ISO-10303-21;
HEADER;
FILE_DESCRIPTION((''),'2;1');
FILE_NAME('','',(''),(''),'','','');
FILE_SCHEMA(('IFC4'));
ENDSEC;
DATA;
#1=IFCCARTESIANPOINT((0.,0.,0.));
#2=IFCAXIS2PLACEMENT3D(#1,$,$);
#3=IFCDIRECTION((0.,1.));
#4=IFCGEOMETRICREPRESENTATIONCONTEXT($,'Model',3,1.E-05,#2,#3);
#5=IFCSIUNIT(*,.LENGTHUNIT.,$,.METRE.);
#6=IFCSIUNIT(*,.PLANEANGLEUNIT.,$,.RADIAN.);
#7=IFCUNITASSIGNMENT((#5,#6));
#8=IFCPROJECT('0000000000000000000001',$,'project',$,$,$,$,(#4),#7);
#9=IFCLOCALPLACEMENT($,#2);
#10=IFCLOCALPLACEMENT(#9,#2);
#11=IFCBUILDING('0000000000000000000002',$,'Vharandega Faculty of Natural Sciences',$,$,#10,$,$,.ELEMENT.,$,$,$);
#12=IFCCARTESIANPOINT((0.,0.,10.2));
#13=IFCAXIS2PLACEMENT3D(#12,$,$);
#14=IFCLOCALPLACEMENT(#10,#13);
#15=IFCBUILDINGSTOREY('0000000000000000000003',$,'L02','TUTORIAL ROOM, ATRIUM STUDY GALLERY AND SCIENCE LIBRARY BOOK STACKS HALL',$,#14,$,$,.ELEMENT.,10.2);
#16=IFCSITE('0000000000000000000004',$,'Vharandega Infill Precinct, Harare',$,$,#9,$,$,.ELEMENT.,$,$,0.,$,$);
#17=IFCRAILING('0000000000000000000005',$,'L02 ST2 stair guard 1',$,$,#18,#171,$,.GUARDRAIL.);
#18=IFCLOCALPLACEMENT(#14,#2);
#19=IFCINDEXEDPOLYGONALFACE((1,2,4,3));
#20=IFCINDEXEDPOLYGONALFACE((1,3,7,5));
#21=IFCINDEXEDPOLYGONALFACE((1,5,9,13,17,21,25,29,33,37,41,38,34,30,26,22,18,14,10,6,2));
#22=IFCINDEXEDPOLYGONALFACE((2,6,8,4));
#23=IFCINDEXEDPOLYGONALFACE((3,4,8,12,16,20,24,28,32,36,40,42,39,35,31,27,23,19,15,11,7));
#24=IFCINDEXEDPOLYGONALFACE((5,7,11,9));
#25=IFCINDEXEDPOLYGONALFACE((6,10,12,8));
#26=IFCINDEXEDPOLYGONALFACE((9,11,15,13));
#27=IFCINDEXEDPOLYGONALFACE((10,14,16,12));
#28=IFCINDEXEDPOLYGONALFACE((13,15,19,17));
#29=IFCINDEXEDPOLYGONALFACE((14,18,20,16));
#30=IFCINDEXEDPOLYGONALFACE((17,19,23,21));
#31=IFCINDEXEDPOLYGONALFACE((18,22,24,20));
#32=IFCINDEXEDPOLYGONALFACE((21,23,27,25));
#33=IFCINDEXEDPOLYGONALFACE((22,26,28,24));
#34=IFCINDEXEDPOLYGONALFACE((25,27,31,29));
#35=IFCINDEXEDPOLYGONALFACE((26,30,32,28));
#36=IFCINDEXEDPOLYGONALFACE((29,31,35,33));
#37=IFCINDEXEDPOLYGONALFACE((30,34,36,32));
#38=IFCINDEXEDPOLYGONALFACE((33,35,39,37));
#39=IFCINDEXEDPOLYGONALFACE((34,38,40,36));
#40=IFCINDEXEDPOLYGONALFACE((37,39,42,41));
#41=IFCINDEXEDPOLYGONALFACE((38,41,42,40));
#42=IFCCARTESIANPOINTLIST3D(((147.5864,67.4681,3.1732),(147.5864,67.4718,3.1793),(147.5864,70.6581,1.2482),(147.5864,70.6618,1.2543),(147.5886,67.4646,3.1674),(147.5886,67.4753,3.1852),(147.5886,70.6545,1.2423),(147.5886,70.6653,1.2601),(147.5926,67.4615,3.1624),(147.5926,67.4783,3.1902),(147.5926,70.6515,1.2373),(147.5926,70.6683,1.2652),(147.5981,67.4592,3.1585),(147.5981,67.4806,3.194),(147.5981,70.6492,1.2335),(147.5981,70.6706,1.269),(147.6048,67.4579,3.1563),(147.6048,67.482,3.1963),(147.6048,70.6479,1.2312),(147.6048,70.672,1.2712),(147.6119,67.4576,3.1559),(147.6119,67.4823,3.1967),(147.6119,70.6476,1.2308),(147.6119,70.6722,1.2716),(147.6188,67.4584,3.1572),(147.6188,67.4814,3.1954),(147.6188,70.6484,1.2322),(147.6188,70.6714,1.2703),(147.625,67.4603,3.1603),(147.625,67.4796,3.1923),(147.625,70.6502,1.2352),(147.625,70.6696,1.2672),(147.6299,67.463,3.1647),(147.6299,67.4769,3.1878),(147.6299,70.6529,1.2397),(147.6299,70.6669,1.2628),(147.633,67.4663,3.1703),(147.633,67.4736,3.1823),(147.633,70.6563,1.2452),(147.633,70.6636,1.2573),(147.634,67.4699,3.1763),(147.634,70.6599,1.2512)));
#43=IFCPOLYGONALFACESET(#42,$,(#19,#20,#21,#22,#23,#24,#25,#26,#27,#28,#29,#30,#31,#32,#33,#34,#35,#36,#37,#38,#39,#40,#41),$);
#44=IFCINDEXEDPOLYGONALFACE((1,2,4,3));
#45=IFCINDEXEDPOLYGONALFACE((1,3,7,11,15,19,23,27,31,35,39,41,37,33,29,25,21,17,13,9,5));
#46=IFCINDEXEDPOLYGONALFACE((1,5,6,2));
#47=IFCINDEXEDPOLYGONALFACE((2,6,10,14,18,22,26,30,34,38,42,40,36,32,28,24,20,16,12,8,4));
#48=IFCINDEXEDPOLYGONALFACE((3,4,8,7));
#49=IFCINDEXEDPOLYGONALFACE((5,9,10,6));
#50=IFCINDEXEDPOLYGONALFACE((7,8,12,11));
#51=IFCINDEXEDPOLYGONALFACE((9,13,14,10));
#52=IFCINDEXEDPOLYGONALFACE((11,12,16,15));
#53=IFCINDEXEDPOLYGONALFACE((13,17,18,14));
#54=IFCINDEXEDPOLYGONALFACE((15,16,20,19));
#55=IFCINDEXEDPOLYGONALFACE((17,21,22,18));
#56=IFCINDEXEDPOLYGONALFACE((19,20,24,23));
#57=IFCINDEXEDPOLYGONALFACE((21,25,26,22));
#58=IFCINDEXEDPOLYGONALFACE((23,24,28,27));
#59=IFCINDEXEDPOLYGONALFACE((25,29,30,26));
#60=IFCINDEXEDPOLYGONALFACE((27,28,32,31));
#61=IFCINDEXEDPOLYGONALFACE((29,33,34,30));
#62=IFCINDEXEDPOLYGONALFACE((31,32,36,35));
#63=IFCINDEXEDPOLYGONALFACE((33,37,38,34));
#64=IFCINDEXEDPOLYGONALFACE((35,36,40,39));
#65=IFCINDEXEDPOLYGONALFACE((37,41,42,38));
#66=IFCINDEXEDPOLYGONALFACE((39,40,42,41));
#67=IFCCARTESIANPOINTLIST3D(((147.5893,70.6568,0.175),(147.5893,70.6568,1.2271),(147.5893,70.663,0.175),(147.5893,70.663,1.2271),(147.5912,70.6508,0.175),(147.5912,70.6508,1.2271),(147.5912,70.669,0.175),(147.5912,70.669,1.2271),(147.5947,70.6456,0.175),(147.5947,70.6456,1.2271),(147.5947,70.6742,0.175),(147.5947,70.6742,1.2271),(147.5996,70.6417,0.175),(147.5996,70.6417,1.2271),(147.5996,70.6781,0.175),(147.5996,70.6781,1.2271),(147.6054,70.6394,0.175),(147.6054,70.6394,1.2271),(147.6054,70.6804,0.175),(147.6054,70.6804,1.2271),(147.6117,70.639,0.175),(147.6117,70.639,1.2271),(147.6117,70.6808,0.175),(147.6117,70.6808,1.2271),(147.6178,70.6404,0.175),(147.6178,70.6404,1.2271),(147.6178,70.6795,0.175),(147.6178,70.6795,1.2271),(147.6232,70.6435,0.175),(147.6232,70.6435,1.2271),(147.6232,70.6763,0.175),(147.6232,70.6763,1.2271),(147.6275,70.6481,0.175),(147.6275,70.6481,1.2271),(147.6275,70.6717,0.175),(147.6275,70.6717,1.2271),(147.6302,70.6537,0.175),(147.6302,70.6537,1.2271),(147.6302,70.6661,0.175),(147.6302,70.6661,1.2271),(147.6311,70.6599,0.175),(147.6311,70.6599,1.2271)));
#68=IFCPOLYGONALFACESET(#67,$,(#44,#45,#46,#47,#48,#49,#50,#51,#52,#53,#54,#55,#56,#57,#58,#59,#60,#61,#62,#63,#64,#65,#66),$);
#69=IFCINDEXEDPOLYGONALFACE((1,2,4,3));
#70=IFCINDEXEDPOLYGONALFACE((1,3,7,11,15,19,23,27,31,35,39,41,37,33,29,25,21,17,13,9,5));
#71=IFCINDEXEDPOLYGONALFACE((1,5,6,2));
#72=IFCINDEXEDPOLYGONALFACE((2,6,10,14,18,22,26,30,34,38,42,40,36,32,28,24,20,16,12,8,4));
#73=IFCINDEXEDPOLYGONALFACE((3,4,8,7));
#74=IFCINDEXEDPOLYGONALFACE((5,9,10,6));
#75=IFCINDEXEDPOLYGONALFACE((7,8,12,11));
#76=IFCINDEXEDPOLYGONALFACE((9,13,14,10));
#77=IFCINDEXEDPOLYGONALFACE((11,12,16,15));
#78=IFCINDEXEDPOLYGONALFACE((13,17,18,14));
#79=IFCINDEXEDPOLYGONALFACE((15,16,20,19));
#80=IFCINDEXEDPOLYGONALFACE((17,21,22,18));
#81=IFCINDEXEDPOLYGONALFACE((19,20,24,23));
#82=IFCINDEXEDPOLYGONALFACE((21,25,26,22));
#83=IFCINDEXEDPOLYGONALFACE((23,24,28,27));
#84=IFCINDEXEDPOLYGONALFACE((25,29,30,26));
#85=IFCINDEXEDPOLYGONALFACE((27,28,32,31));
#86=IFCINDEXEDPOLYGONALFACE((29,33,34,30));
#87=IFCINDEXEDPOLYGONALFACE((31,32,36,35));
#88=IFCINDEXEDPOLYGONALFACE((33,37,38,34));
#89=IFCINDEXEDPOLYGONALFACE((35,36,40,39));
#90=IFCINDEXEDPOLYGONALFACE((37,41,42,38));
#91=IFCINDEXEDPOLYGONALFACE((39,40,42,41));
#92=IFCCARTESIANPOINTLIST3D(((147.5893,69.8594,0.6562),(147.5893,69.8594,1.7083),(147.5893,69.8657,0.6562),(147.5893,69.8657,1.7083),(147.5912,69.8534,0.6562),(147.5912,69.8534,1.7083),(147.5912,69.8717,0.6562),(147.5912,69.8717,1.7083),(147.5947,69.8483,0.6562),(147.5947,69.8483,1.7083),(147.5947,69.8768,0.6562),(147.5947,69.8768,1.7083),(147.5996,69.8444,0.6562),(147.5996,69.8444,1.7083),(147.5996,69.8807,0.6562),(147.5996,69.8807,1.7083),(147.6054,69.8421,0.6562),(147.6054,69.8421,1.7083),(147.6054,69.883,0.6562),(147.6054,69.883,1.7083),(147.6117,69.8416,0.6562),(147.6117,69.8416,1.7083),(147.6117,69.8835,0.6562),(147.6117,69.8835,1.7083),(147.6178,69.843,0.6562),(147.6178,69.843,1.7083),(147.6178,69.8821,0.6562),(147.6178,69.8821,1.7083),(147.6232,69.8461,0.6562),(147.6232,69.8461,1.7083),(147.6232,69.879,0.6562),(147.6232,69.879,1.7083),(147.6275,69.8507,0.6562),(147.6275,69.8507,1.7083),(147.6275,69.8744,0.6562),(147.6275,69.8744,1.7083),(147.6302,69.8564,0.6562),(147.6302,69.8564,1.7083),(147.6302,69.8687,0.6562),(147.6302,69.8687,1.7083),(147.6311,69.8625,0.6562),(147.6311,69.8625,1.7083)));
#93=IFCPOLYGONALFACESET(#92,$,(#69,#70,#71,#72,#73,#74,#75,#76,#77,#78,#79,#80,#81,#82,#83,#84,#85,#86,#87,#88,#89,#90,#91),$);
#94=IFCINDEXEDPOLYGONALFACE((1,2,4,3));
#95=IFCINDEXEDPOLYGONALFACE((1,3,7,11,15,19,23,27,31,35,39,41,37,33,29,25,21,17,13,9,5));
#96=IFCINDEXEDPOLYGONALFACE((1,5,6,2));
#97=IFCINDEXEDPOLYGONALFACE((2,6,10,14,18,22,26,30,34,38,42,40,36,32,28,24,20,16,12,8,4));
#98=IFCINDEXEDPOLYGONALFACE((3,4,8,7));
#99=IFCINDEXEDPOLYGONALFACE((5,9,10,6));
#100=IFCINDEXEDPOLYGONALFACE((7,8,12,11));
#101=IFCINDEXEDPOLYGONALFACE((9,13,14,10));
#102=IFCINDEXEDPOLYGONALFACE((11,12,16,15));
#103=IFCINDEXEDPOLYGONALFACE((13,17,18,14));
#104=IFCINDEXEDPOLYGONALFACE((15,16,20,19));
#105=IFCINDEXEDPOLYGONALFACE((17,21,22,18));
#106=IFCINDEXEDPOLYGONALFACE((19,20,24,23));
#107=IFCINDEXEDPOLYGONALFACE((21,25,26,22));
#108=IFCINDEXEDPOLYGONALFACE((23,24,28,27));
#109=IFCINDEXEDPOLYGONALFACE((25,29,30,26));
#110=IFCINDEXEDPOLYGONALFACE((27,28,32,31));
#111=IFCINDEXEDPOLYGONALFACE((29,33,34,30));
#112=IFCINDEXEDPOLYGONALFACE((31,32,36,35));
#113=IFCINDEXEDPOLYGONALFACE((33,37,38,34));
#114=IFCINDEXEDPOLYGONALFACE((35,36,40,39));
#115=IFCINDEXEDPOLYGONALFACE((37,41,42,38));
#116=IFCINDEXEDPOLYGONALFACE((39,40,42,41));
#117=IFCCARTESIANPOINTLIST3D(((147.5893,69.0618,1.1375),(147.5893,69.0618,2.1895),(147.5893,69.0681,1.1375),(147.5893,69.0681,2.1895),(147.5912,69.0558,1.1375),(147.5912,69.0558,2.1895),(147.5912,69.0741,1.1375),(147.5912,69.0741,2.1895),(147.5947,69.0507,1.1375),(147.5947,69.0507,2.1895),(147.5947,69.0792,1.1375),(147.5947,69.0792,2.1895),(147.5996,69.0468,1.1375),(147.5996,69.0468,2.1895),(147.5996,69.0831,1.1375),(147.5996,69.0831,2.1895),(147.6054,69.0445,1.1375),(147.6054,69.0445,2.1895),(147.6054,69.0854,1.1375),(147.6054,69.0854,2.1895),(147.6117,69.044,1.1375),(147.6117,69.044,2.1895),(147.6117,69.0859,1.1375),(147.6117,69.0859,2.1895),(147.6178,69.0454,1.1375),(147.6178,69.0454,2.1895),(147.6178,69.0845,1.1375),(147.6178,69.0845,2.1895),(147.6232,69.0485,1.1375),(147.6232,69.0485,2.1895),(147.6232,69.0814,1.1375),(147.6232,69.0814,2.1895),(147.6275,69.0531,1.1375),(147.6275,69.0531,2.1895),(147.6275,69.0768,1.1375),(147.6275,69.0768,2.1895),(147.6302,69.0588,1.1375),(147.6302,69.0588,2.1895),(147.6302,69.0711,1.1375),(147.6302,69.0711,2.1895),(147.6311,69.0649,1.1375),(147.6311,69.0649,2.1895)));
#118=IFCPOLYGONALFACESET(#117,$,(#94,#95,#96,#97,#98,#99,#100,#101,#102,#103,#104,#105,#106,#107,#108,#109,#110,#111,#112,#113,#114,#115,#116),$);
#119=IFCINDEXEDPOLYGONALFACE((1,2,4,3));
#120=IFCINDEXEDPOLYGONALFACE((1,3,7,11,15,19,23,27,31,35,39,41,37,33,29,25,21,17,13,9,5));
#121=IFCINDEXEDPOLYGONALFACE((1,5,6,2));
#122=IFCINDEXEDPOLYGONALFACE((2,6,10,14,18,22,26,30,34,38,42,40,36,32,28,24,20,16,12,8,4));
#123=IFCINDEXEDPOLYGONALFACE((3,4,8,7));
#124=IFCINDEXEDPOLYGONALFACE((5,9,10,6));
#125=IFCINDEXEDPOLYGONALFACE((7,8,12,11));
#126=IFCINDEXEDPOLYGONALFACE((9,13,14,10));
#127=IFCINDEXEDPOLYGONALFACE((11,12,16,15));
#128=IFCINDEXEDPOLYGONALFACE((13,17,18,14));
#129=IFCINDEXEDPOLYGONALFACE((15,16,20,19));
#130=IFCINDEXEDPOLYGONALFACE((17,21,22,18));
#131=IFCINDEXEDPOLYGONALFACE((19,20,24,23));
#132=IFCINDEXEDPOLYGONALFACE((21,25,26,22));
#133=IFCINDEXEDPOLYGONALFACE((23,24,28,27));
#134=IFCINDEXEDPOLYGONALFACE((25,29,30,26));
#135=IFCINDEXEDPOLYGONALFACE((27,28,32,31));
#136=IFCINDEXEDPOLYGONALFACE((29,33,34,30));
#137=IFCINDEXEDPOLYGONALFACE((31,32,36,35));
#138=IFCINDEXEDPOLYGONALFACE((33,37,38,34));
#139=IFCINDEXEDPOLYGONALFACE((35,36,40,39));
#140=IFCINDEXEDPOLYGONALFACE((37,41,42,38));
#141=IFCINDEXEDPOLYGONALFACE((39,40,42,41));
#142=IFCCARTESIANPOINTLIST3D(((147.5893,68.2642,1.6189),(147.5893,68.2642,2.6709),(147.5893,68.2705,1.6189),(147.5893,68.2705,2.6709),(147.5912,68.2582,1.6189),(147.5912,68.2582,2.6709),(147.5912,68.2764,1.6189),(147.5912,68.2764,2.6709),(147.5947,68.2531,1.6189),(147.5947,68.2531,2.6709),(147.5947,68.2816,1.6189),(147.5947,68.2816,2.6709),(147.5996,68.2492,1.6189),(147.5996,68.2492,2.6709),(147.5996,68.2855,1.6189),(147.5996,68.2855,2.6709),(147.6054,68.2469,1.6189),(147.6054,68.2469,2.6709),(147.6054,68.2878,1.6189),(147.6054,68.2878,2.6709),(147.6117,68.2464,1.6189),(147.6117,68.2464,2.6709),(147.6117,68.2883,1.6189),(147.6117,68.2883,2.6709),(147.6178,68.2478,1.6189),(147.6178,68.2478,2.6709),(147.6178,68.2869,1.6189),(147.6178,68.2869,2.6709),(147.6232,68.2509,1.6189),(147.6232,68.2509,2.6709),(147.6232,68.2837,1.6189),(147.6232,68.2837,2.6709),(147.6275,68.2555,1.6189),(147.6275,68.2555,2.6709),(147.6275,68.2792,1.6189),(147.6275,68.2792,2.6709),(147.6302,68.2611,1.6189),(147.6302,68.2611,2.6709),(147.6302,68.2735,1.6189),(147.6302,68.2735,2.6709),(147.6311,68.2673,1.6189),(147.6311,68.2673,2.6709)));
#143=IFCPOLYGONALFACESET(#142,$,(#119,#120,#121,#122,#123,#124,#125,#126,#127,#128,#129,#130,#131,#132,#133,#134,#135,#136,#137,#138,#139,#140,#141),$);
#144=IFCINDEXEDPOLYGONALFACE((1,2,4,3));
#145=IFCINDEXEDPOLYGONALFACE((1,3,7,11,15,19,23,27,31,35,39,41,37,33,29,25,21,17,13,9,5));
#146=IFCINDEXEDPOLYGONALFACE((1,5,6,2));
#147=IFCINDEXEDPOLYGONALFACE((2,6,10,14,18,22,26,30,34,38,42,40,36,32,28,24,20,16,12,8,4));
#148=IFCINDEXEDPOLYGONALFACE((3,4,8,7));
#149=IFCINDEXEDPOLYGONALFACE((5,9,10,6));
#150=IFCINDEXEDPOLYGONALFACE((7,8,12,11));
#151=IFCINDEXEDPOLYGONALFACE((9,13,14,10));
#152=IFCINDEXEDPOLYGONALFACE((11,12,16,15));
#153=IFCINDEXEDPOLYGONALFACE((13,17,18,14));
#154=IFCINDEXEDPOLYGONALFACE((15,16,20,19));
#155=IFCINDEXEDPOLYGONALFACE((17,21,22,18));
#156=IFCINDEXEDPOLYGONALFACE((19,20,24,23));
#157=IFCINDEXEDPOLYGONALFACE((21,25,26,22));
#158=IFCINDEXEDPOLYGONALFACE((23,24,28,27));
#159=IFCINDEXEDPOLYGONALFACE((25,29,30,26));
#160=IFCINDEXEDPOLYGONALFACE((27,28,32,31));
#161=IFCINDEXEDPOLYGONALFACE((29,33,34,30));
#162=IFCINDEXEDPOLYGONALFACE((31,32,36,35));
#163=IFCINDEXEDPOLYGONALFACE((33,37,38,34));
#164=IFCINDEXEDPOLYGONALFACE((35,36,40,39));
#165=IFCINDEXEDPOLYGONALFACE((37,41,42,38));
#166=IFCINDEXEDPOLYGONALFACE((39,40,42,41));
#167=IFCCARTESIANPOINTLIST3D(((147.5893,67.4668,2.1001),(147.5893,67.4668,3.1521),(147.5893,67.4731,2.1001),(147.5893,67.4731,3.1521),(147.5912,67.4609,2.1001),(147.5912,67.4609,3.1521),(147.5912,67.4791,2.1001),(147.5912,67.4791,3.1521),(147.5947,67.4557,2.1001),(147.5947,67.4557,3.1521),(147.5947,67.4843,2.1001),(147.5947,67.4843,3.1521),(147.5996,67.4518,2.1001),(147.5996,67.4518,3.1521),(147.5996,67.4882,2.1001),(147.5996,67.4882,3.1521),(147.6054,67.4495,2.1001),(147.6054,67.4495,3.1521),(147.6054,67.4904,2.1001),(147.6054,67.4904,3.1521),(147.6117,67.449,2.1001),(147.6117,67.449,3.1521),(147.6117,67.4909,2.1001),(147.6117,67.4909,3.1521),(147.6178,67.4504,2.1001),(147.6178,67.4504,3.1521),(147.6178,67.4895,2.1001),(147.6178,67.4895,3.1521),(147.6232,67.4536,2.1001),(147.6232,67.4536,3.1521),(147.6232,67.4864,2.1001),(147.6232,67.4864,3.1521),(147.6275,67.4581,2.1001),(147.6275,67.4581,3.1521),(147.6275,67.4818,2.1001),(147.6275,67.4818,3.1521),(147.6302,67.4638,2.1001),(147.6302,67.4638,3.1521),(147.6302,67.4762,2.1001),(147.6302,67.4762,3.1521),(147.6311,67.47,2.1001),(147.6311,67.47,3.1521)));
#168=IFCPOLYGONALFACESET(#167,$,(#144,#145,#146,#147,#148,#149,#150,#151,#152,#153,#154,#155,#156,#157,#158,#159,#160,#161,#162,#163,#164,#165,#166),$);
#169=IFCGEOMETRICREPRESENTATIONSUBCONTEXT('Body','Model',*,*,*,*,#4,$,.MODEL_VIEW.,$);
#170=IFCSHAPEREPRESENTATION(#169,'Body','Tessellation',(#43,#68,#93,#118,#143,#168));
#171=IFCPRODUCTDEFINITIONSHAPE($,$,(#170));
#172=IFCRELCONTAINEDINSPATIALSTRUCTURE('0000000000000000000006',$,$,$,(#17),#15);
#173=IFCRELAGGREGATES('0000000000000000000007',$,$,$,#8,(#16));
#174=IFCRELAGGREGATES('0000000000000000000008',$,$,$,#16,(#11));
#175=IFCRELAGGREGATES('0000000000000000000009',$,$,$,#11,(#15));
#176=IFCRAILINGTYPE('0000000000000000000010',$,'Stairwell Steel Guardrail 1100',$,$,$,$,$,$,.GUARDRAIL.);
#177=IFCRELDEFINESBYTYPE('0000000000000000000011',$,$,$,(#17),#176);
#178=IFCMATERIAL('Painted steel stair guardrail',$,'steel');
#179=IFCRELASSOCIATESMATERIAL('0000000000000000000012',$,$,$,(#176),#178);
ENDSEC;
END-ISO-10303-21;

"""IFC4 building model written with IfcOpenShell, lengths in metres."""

from ifc_helpers import new_model, si_unit, direction, frame, origin, origin_2d, place, context, subcontext, project, spatial, circle, extrude, material, type_object, element, save


model = new_model("IFC4")

# Units and contexts
model_context = context("Model", 3, precision=1e-05, world=origin(), true_north=direction((0.0, 1.0)))
body_context = subcontext(model_context, "Body", "Model", "MODEL_VIEW")
ifc_project = project(units=[si_unit("LENGTHUNIT", "METRE"), si_unit("PLANEANGLEUNIT", "RADIAN")], contexts=[model_context])

# Site, building, storey
site_placement = place(None, origin())
site = spatial("IfcSite", under=ifc_project, at=site_placement, Name="Vharandega Infill Precinct, Harare", CompositionType="ELEMENT", RefElevation=0.0)
building_placement = place(site_placement, origin())
building = spatial("IfcBuilding", under=site, at=building_placement, Name="Vharandega Faculty of Natural Sciences", CompositionType="ELEMENT")
storey_placement = place(building_placement, frame((0.0, 0.0, 10.2)))
storey = spatial("IfcBuildingStorey", under=building, at=storey_placement, Name="L02", Description="TUTORIAL ROOM, ATRIUM STUDY GALLERY AND SCIENCE LIBRARY BOOK STACKS HALL", CompositionType="ELEMENT", Elevation=10.2)

# Railing
ifc_material_1 = material(Name="Painted steel stair guardrail", Category="steel")
railing_type_1 = type_object("IfcRailingType", Name="Stairwell Steel Guardrail 1100", PredefinedType="GUARDRAIL", material=ifc_material_1)
railing_1_placement = place(storey_placement, frame((147.6101, 70.6599, 0.175)))
element("IfcRailing", 1, at=railing_1_placement, inside=storey, type_object=railing_type_1, Name="L02 ST2 stair guard 1", PredefinedType="GUARDRAIL", context=body_context, shape_type="SweptSolid", body=[
    extrude(circle(Radius=0.0239, at=origin_2d()), frame((0.0, 0.0, 1.0762), z_axis=(0.0, -0.856178, 0.516682), x_axis=(1.0, 0.0, 0.0)), (0.0, 0.0, 1.0), 3.7258),
    extrude(circle(Radius=0.021, at=origin_2d()), origin(), (0.0, 0.0, 1.0), 1.052),
    extrude(circle(Radius=0.021, at=origin_2d()), frame((0.0, -0.7974, 0.4812)), (0.0, 0.0, 1.0), 1.052),
    extrude(circle(Radius=0.021, at=origin_2d()), frame((0.0, -1.595, 0.9624)), (0.0, 0.0, 1.0), 1.052),
    extrude(circle(Radius=0.021, at=origin_2d()), frame((0.0, -2.3926, 1.4438)), (0.0, 0.0, 1.0), 1.052),
    extrude(circle(Radius=0.021, at=origin_2d()), frame((0.0, -3.1899, 1.925)), (0.0, 0.0, 1.0), 1.052),
])

save(model, "model.ifc")
